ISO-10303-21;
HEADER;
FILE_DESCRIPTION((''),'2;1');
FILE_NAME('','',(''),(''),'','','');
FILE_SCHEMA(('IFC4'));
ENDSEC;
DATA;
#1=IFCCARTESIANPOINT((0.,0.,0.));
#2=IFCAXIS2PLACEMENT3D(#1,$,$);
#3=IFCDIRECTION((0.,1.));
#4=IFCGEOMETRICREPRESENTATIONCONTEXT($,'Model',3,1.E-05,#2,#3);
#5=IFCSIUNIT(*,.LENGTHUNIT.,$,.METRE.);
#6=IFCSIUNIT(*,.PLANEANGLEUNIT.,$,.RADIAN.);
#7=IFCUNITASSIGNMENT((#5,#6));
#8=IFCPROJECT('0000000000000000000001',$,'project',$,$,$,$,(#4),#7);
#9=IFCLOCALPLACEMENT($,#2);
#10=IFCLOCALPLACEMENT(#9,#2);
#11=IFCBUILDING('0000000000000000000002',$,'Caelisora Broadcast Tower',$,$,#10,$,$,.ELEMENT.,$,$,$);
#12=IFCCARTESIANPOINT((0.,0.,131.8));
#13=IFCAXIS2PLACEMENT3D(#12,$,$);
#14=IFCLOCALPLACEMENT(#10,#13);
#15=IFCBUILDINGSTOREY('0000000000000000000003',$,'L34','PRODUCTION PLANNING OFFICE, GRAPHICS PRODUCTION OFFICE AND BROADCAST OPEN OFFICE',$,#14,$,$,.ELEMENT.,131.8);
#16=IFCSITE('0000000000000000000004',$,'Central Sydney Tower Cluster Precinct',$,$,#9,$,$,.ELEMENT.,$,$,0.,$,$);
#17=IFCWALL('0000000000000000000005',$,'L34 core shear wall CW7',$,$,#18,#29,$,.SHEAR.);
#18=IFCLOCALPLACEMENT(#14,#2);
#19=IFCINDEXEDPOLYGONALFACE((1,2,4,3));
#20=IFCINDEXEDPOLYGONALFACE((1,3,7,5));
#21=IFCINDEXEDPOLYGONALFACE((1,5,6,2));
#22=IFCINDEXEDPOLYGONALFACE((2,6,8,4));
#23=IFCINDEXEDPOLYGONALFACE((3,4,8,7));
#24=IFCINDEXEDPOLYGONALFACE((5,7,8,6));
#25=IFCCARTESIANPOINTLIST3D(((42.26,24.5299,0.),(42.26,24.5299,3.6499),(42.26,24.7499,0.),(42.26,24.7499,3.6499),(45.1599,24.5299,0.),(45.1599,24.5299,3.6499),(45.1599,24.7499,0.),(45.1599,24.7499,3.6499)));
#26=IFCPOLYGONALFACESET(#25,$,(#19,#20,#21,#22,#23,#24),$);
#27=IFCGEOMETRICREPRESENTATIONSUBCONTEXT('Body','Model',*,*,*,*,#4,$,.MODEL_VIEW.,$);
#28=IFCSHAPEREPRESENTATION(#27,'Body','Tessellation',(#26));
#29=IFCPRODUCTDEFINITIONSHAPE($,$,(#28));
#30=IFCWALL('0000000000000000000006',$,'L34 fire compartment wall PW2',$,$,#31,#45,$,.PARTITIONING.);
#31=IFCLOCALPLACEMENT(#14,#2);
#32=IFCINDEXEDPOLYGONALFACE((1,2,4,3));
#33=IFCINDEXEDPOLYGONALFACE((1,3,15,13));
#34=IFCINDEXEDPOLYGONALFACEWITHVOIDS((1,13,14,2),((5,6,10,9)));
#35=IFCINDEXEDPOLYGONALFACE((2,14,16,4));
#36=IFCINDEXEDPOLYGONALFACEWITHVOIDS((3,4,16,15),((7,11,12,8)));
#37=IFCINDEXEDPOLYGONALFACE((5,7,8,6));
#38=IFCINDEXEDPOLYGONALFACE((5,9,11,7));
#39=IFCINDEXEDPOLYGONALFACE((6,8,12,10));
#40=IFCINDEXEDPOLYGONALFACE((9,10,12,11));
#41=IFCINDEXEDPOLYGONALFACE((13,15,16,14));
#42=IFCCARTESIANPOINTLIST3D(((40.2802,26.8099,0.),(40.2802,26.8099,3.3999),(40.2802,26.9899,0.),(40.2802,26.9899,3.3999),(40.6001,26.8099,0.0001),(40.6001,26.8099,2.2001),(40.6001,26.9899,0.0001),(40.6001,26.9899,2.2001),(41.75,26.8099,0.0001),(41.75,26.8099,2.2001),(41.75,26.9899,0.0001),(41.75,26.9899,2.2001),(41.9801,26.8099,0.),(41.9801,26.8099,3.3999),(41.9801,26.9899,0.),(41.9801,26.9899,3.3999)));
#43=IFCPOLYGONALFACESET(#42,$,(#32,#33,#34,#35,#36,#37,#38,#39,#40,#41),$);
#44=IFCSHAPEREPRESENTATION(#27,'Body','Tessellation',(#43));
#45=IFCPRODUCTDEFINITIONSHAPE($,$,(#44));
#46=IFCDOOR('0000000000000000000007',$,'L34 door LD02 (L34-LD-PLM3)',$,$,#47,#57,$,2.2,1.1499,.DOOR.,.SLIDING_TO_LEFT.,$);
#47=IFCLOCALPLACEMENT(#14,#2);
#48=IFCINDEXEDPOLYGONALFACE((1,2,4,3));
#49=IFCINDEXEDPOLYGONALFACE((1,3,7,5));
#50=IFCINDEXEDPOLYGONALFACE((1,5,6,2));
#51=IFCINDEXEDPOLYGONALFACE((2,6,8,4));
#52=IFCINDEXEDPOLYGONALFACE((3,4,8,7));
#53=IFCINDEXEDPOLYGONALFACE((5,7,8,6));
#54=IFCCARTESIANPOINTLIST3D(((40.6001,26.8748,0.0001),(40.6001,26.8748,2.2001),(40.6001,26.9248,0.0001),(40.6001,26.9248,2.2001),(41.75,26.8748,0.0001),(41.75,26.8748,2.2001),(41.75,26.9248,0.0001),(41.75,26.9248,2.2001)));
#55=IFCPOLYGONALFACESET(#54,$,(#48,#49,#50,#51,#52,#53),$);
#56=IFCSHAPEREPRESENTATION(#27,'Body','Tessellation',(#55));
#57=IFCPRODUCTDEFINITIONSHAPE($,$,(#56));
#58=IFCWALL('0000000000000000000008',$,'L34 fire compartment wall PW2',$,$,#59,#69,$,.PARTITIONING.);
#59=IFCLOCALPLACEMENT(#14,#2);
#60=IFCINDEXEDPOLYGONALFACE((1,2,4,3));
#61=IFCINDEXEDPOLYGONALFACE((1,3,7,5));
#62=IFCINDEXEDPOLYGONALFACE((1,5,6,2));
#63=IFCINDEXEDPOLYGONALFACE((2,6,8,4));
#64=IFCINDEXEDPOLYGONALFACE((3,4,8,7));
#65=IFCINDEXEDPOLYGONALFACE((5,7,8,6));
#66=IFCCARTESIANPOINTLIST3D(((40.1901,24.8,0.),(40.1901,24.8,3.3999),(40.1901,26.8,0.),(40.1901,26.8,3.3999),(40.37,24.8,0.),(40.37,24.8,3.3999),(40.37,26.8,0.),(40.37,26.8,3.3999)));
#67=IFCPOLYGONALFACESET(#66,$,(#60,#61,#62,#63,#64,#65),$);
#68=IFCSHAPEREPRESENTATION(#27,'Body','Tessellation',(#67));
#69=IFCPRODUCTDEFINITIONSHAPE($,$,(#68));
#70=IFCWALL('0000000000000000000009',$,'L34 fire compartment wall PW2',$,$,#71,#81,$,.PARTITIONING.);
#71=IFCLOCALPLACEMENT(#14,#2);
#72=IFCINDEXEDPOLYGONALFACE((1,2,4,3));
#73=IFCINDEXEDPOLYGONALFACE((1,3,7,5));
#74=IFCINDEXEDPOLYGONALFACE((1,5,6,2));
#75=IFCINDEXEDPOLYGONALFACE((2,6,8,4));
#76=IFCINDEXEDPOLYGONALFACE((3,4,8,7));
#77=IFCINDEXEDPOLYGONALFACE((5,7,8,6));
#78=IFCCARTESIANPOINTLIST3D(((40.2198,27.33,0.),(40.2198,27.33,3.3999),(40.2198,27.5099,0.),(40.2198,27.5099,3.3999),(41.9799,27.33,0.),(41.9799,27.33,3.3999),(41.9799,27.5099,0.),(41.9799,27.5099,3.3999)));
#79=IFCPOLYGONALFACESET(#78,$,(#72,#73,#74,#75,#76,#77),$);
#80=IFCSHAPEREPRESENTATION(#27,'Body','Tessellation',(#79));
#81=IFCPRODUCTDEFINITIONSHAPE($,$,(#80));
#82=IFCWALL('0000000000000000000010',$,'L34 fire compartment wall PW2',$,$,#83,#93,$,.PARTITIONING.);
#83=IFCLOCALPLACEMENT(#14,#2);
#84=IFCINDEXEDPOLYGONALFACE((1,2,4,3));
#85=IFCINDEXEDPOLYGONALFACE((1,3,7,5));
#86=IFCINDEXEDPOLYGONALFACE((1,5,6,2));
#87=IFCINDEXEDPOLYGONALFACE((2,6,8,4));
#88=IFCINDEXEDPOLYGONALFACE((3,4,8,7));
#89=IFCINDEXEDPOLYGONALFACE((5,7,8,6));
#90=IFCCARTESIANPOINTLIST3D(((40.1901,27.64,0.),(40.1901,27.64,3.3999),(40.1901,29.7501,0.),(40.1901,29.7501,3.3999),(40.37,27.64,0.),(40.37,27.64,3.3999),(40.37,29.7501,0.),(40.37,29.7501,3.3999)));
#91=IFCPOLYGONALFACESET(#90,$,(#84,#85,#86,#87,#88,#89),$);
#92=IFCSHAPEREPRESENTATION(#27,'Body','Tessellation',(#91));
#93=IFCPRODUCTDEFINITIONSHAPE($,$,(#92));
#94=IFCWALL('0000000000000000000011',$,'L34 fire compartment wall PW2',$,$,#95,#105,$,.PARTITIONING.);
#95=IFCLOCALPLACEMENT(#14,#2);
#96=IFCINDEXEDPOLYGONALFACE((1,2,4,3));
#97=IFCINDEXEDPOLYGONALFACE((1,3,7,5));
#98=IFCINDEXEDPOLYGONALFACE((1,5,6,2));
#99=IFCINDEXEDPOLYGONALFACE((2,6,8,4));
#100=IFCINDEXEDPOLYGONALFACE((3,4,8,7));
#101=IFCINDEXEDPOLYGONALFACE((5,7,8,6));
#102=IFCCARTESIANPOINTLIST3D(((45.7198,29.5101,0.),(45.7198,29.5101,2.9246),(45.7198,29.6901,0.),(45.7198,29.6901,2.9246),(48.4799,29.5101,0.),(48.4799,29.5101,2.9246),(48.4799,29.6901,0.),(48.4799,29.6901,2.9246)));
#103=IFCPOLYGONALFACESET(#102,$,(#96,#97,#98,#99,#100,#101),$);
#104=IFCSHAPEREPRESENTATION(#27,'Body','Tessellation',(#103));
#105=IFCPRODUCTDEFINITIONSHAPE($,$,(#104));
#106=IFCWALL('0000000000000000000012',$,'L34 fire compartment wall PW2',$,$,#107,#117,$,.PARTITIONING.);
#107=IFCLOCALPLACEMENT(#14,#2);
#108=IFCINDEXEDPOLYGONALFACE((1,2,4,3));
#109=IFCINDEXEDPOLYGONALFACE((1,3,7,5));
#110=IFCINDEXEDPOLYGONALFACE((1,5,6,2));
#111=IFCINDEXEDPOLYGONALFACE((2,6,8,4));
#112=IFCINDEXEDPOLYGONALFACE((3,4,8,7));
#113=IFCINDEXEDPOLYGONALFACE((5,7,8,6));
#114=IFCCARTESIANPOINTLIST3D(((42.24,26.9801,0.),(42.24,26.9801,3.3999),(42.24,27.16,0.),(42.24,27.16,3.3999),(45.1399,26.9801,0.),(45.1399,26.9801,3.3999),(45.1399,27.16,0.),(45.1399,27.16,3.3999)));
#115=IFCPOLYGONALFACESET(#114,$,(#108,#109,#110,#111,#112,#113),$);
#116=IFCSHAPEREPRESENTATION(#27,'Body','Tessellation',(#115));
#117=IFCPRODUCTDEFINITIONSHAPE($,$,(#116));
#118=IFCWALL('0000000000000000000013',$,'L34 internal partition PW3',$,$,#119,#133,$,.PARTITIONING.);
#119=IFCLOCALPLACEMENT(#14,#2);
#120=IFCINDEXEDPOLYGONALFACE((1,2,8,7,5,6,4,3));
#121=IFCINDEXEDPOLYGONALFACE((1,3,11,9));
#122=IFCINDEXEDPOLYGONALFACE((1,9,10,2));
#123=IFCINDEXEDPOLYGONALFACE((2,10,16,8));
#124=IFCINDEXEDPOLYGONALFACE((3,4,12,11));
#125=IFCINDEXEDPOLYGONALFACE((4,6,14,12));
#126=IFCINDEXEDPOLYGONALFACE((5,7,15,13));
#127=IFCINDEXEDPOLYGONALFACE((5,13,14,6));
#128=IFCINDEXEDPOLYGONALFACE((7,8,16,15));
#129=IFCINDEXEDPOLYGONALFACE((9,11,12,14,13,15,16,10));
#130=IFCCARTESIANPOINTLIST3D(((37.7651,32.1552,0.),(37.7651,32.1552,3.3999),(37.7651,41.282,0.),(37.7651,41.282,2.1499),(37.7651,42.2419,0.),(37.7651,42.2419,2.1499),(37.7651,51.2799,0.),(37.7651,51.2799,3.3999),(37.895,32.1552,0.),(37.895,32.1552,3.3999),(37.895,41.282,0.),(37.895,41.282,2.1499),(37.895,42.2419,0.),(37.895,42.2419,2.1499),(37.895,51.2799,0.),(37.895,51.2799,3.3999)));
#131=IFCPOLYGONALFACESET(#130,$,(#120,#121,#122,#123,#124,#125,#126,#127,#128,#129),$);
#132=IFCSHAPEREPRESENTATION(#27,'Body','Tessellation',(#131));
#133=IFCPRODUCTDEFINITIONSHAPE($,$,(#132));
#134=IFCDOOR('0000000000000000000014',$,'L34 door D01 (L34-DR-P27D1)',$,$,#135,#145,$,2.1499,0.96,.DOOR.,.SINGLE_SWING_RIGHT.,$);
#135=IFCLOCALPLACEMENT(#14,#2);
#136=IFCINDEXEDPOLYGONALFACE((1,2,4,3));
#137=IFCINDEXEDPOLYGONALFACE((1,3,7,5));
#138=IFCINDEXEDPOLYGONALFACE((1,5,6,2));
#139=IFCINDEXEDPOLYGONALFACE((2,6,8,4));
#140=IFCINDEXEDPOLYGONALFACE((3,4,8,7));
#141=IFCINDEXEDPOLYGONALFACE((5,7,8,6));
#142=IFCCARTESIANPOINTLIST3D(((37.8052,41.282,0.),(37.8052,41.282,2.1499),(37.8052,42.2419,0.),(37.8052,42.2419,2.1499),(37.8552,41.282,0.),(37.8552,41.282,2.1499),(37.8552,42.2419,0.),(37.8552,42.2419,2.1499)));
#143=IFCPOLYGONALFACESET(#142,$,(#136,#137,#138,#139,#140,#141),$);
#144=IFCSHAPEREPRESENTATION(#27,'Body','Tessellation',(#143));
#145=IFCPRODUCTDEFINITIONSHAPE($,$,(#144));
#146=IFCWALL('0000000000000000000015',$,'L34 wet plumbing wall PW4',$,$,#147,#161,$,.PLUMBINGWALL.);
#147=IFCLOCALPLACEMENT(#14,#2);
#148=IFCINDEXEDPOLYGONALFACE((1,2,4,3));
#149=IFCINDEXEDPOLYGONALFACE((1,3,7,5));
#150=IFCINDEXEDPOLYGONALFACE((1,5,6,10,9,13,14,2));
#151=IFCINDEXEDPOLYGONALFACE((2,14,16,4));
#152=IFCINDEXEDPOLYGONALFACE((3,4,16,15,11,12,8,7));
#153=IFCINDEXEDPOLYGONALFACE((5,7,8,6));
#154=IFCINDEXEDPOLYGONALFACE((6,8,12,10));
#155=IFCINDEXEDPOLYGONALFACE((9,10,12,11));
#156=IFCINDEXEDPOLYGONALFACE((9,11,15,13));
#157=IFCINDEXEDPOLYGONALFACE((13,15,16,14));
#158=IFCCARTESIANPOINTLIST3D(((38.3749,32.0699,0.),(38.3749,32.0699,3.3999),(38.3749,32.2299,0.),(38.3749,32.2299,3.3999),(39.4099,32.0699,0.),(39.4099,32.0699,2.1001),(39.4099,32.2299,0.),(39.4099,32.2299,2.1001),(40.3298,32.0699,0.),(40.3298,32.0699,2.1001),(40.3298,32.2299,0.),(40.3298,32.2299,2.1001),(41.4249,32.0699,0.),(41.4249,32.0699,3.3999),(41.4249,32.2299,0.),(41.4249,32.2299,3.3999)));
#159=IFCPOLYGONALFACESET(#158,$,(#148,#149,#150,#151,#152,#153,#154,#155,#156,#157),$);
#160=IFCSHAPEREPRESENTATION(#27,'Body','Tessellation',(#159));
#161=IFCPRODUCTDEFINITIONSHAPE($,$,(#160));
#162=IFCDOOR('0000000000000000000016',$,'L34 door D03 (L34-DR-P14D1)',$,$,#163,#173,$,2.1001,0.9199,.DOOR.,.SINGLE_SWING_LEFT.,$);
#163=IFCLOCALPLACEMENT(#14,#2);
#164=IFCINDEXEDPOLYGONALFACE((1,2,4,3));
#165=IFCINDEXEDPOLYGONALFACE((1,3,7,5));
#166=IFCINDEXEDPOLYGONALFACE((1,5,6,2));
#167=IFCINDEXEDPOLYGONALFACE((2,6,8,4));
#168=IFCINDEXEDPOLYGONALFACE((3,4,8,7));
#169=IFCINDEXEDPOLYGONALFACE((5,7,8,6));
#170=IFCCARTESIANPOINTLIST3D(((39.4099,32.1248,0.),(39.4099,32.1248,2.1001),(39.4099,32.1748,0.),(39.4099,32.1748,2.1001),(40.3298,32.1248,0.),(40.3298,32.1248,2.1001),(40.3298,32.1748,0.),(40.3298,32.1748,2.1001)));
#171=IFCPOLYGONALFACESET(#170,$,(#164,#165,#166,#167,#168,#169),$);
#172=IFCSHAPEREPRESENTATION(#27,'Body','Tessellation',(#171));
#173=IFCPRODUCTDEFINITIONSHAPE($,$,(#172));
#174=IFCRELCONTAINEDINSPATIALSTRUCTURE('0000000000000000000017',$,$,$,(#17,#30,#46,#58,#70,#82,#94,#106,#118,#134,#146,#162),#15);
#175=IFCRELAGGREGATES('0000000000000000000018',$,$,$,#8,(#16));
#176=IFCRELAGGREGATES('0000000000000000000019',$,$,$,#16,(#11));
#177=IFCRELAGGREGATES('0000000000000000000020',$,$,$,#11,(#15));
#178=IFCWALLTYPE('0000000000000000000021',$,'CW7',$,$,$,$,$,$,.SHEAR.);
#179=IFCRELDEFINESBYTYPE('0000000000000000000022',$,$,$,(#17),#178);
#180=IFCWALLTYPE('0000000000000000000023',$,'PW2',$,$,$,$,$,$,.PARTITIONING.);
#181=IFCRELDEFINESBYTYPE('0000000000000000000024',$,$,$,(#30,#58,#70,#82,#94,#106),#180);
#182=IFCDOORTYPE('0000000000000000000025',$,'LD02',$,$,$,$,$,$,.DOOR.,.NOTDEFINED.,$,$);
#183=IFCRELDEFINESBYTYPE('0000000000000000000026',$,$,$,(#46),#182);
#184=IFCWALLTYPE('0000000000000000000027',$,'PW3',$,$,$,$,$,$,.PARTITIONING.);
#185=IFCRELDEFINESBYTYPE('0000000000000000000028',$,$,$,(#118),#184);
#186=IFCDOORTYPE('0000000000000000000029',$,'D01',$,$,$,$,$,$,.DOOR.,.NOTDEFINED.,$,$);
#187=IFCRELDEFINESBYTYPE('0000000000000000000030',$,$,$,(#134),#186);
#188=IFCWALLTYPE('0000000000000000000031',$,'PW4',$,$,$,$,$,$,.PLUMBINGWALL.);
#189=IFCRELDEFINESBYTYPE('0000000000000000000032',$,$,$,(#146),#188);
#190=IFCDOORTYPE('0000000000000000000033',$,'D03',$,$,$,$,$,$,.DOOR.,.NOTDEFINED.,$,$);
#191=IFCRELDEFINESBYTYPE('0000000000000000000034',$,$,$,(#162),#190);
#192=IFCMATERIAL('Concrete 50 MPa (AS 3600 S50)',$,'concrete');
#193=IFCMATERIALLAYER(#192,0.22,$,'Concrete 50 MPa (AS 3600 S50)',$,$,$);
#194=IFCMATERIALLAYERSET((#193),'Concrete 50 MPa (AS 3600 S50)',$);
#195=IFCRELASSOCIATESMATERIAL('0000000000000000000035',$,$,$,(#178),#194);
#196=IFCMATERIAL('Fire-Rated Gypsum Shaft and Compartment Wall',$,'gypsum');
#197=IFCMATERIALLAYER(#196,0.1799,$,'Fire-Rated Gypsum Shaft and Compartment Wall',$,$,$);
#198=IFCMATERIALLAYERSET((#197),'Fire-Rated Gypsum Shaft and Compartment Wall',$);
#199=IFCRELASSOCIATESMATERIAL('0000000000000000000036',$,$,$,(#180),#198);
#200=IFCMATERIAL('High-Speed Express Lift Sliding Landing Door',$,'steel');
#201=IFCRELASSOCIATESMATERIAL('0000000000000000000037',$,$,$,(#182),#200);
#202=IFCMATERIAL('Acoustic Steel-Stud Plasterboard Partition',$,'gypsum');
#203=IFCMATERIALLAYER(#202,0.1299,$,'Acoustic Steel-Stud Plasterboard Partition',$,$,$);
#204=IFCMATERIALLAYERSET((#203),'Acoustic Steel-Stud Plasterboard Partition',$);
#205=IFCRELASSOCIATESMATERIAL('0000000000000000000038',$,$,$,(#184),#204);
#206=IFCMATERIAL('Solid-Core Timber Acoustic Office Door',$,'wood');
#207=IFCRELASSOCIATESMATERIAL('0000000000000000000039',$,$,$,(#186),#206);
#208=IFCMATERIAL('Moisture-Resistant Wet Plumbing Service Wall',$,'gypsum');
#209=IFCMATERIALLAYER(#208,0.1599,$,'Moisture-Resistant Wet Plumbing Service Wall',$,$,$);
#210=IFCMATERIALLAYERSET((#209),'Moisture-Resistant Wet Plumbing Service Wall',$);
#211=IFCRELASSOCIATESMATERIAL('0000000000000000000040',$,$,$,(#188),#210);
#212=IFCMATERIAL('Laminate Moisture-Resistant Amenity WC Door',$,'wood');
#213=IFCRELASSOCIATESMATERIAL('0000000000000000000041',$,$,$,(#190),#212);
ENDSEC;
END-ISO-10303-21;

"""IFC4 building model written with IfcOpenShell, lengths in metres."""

from ifc_helpers import new_model, si_unit, direction, frame, frame_2d, origin, place, context, subcontext, project, spatial, rectangle, extrude, material, layer, layer_set, type_object, element, fill, save


model = new_model("IFC4")

# Units and contexts
model_context = context("Model", 3, precision=1e-05, world=origin(), true_north=direction((0.0, 1.0)))
body_context = subcontext(model_context, "Body", "Model", "MODEL_VIEW")
ifc_project = project(units=[si_unit("LENGTHUNIT", "METRE"), si_unit("PLANEANGLEUNIT", "RADIAN")], contexts=[model_context])

# Site, building, storey
site_placement = place(None, origin())
site = spatial("IfcSite", under=ifc_project, at=site_placement, Name="Central Sydney Tower Cluster Precinct", CompositionType="ELEMENT", RefElevation=0.0)
building_placement = place(site_placement, origin())
building = spatial("IfcBuilding", under=site, at=building_placement, Name="Caelisora Broadcast Tower", CompositionType="ELEMENT")
storey_placement = place(building_placement, frame((0.0, 0.0, 131.8)))
storey = spatial("IfcBuildingStorey", under=building, at=storey_placement, Name="L34", Description="PRODUCTION PLANNING OFFICE, GRAPHICS PRODUCTION OFFICE AND BROADCAST OPEN OFFICE", CompositionType="ELEMENT", Elevation=131.8)

# Wall
ifc_material_1 = material(Name="Concrete 50 MPa (AS 3600 S50)", Category="concrete")
ifc_layer_1 = layer(ifc_material_1, 0.22, Name="Concrete 50 MPa (AS 3600 S50)")
ifc_layer_set_1 = layer_set([ifc_layer_1], Name="Concrete 50 MPa (AS 3600 S50)")
wall_type_1 = type_object("IfcWallType", Name="CW7", PredefinedType="SHEAR", material=ifc_layer_set_1)
wall_1_placement = place(storey_placement, frame((42.26, 24.6399, 0.0), z_axis=(0.0, 0.0, 1.0), x_axis=(1.0, 0.0, 0.0)))
element("IfcWall", 1, at=wall_1_placement, inside=storey, type_object=wall_type_1, Name="L34 core shear wall CW7", PredefinedType="SHEAR", context=body_context, shape_type="SweptSolid", body=[
    extrude(rectangle(XDim=2.8999, YDim=0.22, at=frame_2d((1.45, 0.0))), origin(), (0.0, 0.0, 1.0), 3.6499),
])

# Wall, opening, door
ifc_material_2 = material(Name="Fire-Rated Gypsum Shaft and Compartment Wall", Category="gypsum")
ifc_layer_2 = layer(ifc_material_2, 0.1799, Name="Fire-Rated Gypsum Shaft and Compartment Wall")
ifc_layer_set_2 = layer_set([ifc_layer_2], Name="Fire-Rated Gypsum Shaft and Compartment Wall")
wall_type_2 = type_object("IfcWallType", Name="PW2", PredefinedType="PARTITIONING", material=ifc_layer_set_2)
wall_2_placement = place(storey_placement, frame((40.28, 26.8999, 0.0), z_axis=(0.0, 0.0, 1.0), x_axis=(1.0, 0.0, 0.0)))
wall_2 = element("IfcWall", 2, at=wall_2_placement, inside=storey, type_object=wall_type_2, Name="L34 fire compartment wall PW2", PredefinedType="PARTITIONING", context=body_context, shape_type="SweptSolid", body=[
    extrude(rectangle(XDim=1.7, YDim=0.1799, at=frame_2d((0.8501, 0.0))), origin(), (0.0, 0.0, 1.0), 3.3999),
])
opening_1_placement = place(wall_2_placement, frame((0.3201, 0.0, 0.0)))
opening_1 = element("IfcOpeningElement", 3, at=opening_1_placement, cuts=wall_2, PredefinedType="OPENING", context=body_context, shape_type="SweptSolid", body=[
    extrude(rectangle(XDim=1.1499, YDim=2.2, at=frame_2d((0.575, 1.1001))), frame((0.0, 0.1021, 0.0), z_axis=(0.0, -1.0, 0.0), x_axis=(1.0, 0.0, 0.0)), (0.0, 0.0, 1.0), 0.2039),
])
ifc_material_3 = material(Name="High-Speed Express Lift Sliding Landing Door", Category="steel")
door_type_1 = type_object("IfcDoorType", Name="LD02", OperationType="NOTDEFINED", PredefinedType="DOOR", material=ifc_material_3)
door_1_placement = place(opening_1_placement, origin())
door_1 = element("IfcDoor", 4, at=door_1_placement, inside=storey, type_object=door_type_1, Name="L34 door LD02 (L34-LD-PLM3)", OperationType="SLIDING_TO_LEFT", OverallHeight=2.2, OverallWidth=1.1499, PredefinedType="DOOR", context=body_context, shape_type="SweptSolid", body=[
    extrude(rectangle(XDim=1.1499, YDim=2.2, at=frame_2d((0.575, 1.1001))), frame((0.0, 0.0249, 0.0), z_axis=(0.0, -1.0, 0.0), x_axis=(1.0, 0.0, 0.0)), (0.0, 0.0, 1.0), 0.05),
])
fill(opening_1, door_1)

# Walls
wall_3_placement = place(storey_placement, frame((40.28, 24.8, 0.0), z_axis=(0.0, 0.0, 1.0), x_axis=(0.0, 1.0, 0.0)))
element("IfcWall", 5, at=wall_3_placement, inside=storey, type_object=wall_type_2, Name="L34 fire compartment wall PW2", PredefinedType="PARTITIONING", context=body_context, shape_type="SweptSolid", body=[
    extrude(rectangle(XDim=2.0, YDim=0.1799, at=frame_2d((1.0, 0.0))), origin(), (0.0, 0.0, 1.0), 3.3999),
])
wall_4_placement = place(storey_placement, frame((40.22, 27.4199, 0.0), z_axis=(0.0, 0.0, 1.0), x_axis=(1.0, 0.0, 0.0)))
element("IfcWall", 6, at=wall_4_placement, inside=storey, type_object=wall_type_2, Name="L34 fire compartment wall PW2", PredefinedType="PARTITIONING", context=body_context, shape_type="SweptSolid", body=[
    extrude(rectangle(XDim=1.76, YDim=0.1799, at=frame_2d((0.8799, 0.0))), origin(), (0.0, 0.0, 1.0), 3.3999),
])
wall_5_placement = place(storey_placement, frame((40.28, 27.6399, 0.0), z_axis=(0.0, 0.0, 1.0), x_axis=(0.0, 1.0, 0.0)))
element("IfcWall", 7, at=wall_5_placement, inside=storey, type_object=wall_type_2, Name="L34 fire compartment wall PW2", PredefinedType="PARTITIONING", context=body_context, shape_type="SweptSolid", body=[
    extrude(rectangle(XDim=2.1101, YDim=0.1799, at=frame_2d((1.0552, 0.0))), origin(), (0.0, 0.0, 1.0), 3.3999),
])
wall_6_placement = place(storey_placement, frame((45.72, 29.6001, 0.0), z_axis=(0.0, 0.0, 1.0), x_axis=(1.0, 0.0, 0.0)))
element("IfcWall", 8, at=wall_6_placement, inside=storey, type_object=wall_type_2, Name="L34 fire compartment wall PW2", PredefinedType="PARTITIONING", context=body_context, shape_type="SweptSolid", body=[
    extrude(rectangle(XDim=2.76, YDim=0.1799, at=frame_2d((1.3799, 0.0))), origin(), (0.0, 0.0, 1.0), 2.9246),
])
wall_7_placement = place(storey_placement, frame((42.24, 27.0701, 0.0), z_axis=(0.0, 0.0, 1.0), x_axis=(1.0, 0.0, 0.0)))
element("IfcWall", 9, at=wall_7_placement, inside=storey, type_object=wall_type_2, Name="L34 fire compartment wall PW2", PredefinedType="PARTITIONING", context=body_context, shape_type="SweptSolid", body=[
    extrude(rectangle(XDim=2.8999, YDim=0.1799, at=frame_2d((1.45, 0.0))), origin(), (0.0, 0.0, 1.0), 3.3999),
])

# Walls, openings, doors
ifc_material_4 = material(Name="Acoustic Steel-Stud Plasterboard Partition", Category="gypsum")
ifc_layer_3 = layer(ifc_material_4, 0.1299, Name="Acoustic Steel-Stud Plasterboard Partition")
ifc_layer_set_3 = layer_set([ifc_layer_3], Name="Acoustic Steel-Stud Plasterboard Partition")
wall_type_3 = type_object("IfcWallType", Name="PW3", PredefinedType="PARTITIONING", material=ifc_layer_set_3)
wall_8_placement = place(storey_placement, frame((37.8301, 32.155, 0.0), z_axis=(0.0, 0.0, 1.0), x_axis=(0.0, 1.0, 0.0)))
wall_8 = element("IfcWall", 10, at=wall_8_placement, inside=storey, type_object=wall_type_3, Name="L34 internal partition PW3", PredefinedType="PARTITIONING", context=body_context, shape_type="SweptSolid", body=[
    extrude(rectangle(XDim=19.1248, YDim=0.1299, at=frame_2d((9.5625, 0.0))), origin(), (0.0, 0.0, 1.0), 3.3999),
])
opening_2_placement = place(wall_8_placement, frame((9.127, 0.0, 0.0)))
opening_2 = element("IfcOpeningElement", 11, at=opening_2_placement, cuts=wall_8, PredefinedType="OPENING", context=body_context, shape_type="SweptSolid", body=[
    extrude(rectangle(XDim=0.96, YDim=2.1499, at=frame_2d((0.48, 1.075))), frame((0.0, 0.0769, 0.0), z_axis=(0.0, -1.0, 0.0), x_axis=(1.0, 0.0, 0.0)), (0.0, 0.0, 1.0), 0.1538),
])
ifc_material_5 = material(Name="Solid-Core Timber Acoustic Office Door", Category="wood")
door_type_2 = type_object("IfcDoorType", Name="D01", OperationType="NOTDEFINED", PredefinedType="DOOR", material=ifc_material_5)
door_2_placement = place(opening_2_placement, origin())
door_2 = element("IfcDoor", 12, at=door_2_placement, inside=storey, type_object=door_type_2, Name="L34 door D01 (L34-DR-P27D1)", OperationType="SINGLE_SWING_RIGHT", OverallHeight=2.1499, OverallWidth=0.96, PredefinedType="DOOR", context=body_context, shape_type="SweptSolid", body=[
    extrude(rectangle(XDim=0.96, YDim=2.1499, at=frame_2d((0.48, 1.075))), frame((0.0, 0.0249, 0.0), z_axis=(0.0, -1.0, 0.0), x_axis=(1.0, 0.0, 0.0)), (0.0, 0.0, 1.0), 0.05),
])
fill(opening_2, door_2)
ifc_material_6 = material(Name="Moisture-Resistant Wet Plumbing Service Wall", Category="gypsum")
ifc_layer_4 = layer(ifc_material_6, 0.1599, Name="Moisture-Resistant Wet Plumbing Service Wall")
ifc_layer_set_4 = layer_set([ifc_layer_4], Name="Moisture-Resistant Wet Plumbing Service Wall")
wall_type_4 = type_object("IfcWallType", Name="PW4", PredefinedType="PLUMBINGWALL", material=ifc_layer_set_4)
wall_9_placement = place(storey_placement, frame((38.375, 32.1499, 0.0), z_axis=(0.0, 0.0, 1.0), x_axis=(1.0, 0.0, 0.0)))
wall_9 = element("IfcWall", 13, at=wall_9_placement, inside=storey, type_object=wall_type_4, Name="L34 wet plumbing wall PW4", PredefinedType="PLUMBINGWALL", context=body_context, shape_type="SweptSolid", body=[
    extrude(rectangle(XDim=3.05, YDim=0.1599, at=frame_2d((1.5249, 0.0))), origin(), (0.0, 0.0, 1.0), 3.3999),
])
opening_3_placement = place(wall_9_placement, frame((1.0349, 0.0, 0.0)))
opening_3 = element("IfcOpeningElement", 14, at=opening_3_placement, cuts=wall_9, PredefinedType="OPENING", context=body_context, shape_type="SweptSolid", body=[
    extrude(rectangle(XDim=0.9199, YDim=2.1001, at=frame_2d((0.46, 1.05))), frame((0.0, 0.092, 0.0), z_axis=(0.0, -1.0, 0.0), x_axis=(1.0, 0.0, 0.0)), (0.0, 0.0, 1.0), 0.1838),
])
ifc_material_7 = material(Name="Laminate Moisture-Resistant Amenity WC Door", Category="wood")
door_type_3 = type_object("IfcDoorType", Name="D03", OperationType="NOTDEFINED", PredefinedType="DOOR", material=ifc_material_7)
door_3_placement = place(opening_3_placement, origin())
door_3 = element("IfcDoor", 15, at=door_3_placement, inside=storey, type_object=door_type_3, Name="L34 door D03 (L34-DR-P14D1)", OperationType="SINGLE_SWING_LEFT", OverallHeight=2.1001, OverallWidth=0.9199, PredefinedType="DOOR", context=body_context, shape_type="SweptSolid", body=[
    extrude(rectangle(XDim=0.9199, YDim=2.1001, at=frame_2d((0.46, 1.05))), frame((0.0, 0.0249, 0.0), z_axis=(0.0, -1.0, 0.0), x_axis=(1.0, 0.0, 0.0)), (0.0, 0.0, 1.0), 0.05),
])
fill(opening_3, door_3)

save(model, "model.ifc")
